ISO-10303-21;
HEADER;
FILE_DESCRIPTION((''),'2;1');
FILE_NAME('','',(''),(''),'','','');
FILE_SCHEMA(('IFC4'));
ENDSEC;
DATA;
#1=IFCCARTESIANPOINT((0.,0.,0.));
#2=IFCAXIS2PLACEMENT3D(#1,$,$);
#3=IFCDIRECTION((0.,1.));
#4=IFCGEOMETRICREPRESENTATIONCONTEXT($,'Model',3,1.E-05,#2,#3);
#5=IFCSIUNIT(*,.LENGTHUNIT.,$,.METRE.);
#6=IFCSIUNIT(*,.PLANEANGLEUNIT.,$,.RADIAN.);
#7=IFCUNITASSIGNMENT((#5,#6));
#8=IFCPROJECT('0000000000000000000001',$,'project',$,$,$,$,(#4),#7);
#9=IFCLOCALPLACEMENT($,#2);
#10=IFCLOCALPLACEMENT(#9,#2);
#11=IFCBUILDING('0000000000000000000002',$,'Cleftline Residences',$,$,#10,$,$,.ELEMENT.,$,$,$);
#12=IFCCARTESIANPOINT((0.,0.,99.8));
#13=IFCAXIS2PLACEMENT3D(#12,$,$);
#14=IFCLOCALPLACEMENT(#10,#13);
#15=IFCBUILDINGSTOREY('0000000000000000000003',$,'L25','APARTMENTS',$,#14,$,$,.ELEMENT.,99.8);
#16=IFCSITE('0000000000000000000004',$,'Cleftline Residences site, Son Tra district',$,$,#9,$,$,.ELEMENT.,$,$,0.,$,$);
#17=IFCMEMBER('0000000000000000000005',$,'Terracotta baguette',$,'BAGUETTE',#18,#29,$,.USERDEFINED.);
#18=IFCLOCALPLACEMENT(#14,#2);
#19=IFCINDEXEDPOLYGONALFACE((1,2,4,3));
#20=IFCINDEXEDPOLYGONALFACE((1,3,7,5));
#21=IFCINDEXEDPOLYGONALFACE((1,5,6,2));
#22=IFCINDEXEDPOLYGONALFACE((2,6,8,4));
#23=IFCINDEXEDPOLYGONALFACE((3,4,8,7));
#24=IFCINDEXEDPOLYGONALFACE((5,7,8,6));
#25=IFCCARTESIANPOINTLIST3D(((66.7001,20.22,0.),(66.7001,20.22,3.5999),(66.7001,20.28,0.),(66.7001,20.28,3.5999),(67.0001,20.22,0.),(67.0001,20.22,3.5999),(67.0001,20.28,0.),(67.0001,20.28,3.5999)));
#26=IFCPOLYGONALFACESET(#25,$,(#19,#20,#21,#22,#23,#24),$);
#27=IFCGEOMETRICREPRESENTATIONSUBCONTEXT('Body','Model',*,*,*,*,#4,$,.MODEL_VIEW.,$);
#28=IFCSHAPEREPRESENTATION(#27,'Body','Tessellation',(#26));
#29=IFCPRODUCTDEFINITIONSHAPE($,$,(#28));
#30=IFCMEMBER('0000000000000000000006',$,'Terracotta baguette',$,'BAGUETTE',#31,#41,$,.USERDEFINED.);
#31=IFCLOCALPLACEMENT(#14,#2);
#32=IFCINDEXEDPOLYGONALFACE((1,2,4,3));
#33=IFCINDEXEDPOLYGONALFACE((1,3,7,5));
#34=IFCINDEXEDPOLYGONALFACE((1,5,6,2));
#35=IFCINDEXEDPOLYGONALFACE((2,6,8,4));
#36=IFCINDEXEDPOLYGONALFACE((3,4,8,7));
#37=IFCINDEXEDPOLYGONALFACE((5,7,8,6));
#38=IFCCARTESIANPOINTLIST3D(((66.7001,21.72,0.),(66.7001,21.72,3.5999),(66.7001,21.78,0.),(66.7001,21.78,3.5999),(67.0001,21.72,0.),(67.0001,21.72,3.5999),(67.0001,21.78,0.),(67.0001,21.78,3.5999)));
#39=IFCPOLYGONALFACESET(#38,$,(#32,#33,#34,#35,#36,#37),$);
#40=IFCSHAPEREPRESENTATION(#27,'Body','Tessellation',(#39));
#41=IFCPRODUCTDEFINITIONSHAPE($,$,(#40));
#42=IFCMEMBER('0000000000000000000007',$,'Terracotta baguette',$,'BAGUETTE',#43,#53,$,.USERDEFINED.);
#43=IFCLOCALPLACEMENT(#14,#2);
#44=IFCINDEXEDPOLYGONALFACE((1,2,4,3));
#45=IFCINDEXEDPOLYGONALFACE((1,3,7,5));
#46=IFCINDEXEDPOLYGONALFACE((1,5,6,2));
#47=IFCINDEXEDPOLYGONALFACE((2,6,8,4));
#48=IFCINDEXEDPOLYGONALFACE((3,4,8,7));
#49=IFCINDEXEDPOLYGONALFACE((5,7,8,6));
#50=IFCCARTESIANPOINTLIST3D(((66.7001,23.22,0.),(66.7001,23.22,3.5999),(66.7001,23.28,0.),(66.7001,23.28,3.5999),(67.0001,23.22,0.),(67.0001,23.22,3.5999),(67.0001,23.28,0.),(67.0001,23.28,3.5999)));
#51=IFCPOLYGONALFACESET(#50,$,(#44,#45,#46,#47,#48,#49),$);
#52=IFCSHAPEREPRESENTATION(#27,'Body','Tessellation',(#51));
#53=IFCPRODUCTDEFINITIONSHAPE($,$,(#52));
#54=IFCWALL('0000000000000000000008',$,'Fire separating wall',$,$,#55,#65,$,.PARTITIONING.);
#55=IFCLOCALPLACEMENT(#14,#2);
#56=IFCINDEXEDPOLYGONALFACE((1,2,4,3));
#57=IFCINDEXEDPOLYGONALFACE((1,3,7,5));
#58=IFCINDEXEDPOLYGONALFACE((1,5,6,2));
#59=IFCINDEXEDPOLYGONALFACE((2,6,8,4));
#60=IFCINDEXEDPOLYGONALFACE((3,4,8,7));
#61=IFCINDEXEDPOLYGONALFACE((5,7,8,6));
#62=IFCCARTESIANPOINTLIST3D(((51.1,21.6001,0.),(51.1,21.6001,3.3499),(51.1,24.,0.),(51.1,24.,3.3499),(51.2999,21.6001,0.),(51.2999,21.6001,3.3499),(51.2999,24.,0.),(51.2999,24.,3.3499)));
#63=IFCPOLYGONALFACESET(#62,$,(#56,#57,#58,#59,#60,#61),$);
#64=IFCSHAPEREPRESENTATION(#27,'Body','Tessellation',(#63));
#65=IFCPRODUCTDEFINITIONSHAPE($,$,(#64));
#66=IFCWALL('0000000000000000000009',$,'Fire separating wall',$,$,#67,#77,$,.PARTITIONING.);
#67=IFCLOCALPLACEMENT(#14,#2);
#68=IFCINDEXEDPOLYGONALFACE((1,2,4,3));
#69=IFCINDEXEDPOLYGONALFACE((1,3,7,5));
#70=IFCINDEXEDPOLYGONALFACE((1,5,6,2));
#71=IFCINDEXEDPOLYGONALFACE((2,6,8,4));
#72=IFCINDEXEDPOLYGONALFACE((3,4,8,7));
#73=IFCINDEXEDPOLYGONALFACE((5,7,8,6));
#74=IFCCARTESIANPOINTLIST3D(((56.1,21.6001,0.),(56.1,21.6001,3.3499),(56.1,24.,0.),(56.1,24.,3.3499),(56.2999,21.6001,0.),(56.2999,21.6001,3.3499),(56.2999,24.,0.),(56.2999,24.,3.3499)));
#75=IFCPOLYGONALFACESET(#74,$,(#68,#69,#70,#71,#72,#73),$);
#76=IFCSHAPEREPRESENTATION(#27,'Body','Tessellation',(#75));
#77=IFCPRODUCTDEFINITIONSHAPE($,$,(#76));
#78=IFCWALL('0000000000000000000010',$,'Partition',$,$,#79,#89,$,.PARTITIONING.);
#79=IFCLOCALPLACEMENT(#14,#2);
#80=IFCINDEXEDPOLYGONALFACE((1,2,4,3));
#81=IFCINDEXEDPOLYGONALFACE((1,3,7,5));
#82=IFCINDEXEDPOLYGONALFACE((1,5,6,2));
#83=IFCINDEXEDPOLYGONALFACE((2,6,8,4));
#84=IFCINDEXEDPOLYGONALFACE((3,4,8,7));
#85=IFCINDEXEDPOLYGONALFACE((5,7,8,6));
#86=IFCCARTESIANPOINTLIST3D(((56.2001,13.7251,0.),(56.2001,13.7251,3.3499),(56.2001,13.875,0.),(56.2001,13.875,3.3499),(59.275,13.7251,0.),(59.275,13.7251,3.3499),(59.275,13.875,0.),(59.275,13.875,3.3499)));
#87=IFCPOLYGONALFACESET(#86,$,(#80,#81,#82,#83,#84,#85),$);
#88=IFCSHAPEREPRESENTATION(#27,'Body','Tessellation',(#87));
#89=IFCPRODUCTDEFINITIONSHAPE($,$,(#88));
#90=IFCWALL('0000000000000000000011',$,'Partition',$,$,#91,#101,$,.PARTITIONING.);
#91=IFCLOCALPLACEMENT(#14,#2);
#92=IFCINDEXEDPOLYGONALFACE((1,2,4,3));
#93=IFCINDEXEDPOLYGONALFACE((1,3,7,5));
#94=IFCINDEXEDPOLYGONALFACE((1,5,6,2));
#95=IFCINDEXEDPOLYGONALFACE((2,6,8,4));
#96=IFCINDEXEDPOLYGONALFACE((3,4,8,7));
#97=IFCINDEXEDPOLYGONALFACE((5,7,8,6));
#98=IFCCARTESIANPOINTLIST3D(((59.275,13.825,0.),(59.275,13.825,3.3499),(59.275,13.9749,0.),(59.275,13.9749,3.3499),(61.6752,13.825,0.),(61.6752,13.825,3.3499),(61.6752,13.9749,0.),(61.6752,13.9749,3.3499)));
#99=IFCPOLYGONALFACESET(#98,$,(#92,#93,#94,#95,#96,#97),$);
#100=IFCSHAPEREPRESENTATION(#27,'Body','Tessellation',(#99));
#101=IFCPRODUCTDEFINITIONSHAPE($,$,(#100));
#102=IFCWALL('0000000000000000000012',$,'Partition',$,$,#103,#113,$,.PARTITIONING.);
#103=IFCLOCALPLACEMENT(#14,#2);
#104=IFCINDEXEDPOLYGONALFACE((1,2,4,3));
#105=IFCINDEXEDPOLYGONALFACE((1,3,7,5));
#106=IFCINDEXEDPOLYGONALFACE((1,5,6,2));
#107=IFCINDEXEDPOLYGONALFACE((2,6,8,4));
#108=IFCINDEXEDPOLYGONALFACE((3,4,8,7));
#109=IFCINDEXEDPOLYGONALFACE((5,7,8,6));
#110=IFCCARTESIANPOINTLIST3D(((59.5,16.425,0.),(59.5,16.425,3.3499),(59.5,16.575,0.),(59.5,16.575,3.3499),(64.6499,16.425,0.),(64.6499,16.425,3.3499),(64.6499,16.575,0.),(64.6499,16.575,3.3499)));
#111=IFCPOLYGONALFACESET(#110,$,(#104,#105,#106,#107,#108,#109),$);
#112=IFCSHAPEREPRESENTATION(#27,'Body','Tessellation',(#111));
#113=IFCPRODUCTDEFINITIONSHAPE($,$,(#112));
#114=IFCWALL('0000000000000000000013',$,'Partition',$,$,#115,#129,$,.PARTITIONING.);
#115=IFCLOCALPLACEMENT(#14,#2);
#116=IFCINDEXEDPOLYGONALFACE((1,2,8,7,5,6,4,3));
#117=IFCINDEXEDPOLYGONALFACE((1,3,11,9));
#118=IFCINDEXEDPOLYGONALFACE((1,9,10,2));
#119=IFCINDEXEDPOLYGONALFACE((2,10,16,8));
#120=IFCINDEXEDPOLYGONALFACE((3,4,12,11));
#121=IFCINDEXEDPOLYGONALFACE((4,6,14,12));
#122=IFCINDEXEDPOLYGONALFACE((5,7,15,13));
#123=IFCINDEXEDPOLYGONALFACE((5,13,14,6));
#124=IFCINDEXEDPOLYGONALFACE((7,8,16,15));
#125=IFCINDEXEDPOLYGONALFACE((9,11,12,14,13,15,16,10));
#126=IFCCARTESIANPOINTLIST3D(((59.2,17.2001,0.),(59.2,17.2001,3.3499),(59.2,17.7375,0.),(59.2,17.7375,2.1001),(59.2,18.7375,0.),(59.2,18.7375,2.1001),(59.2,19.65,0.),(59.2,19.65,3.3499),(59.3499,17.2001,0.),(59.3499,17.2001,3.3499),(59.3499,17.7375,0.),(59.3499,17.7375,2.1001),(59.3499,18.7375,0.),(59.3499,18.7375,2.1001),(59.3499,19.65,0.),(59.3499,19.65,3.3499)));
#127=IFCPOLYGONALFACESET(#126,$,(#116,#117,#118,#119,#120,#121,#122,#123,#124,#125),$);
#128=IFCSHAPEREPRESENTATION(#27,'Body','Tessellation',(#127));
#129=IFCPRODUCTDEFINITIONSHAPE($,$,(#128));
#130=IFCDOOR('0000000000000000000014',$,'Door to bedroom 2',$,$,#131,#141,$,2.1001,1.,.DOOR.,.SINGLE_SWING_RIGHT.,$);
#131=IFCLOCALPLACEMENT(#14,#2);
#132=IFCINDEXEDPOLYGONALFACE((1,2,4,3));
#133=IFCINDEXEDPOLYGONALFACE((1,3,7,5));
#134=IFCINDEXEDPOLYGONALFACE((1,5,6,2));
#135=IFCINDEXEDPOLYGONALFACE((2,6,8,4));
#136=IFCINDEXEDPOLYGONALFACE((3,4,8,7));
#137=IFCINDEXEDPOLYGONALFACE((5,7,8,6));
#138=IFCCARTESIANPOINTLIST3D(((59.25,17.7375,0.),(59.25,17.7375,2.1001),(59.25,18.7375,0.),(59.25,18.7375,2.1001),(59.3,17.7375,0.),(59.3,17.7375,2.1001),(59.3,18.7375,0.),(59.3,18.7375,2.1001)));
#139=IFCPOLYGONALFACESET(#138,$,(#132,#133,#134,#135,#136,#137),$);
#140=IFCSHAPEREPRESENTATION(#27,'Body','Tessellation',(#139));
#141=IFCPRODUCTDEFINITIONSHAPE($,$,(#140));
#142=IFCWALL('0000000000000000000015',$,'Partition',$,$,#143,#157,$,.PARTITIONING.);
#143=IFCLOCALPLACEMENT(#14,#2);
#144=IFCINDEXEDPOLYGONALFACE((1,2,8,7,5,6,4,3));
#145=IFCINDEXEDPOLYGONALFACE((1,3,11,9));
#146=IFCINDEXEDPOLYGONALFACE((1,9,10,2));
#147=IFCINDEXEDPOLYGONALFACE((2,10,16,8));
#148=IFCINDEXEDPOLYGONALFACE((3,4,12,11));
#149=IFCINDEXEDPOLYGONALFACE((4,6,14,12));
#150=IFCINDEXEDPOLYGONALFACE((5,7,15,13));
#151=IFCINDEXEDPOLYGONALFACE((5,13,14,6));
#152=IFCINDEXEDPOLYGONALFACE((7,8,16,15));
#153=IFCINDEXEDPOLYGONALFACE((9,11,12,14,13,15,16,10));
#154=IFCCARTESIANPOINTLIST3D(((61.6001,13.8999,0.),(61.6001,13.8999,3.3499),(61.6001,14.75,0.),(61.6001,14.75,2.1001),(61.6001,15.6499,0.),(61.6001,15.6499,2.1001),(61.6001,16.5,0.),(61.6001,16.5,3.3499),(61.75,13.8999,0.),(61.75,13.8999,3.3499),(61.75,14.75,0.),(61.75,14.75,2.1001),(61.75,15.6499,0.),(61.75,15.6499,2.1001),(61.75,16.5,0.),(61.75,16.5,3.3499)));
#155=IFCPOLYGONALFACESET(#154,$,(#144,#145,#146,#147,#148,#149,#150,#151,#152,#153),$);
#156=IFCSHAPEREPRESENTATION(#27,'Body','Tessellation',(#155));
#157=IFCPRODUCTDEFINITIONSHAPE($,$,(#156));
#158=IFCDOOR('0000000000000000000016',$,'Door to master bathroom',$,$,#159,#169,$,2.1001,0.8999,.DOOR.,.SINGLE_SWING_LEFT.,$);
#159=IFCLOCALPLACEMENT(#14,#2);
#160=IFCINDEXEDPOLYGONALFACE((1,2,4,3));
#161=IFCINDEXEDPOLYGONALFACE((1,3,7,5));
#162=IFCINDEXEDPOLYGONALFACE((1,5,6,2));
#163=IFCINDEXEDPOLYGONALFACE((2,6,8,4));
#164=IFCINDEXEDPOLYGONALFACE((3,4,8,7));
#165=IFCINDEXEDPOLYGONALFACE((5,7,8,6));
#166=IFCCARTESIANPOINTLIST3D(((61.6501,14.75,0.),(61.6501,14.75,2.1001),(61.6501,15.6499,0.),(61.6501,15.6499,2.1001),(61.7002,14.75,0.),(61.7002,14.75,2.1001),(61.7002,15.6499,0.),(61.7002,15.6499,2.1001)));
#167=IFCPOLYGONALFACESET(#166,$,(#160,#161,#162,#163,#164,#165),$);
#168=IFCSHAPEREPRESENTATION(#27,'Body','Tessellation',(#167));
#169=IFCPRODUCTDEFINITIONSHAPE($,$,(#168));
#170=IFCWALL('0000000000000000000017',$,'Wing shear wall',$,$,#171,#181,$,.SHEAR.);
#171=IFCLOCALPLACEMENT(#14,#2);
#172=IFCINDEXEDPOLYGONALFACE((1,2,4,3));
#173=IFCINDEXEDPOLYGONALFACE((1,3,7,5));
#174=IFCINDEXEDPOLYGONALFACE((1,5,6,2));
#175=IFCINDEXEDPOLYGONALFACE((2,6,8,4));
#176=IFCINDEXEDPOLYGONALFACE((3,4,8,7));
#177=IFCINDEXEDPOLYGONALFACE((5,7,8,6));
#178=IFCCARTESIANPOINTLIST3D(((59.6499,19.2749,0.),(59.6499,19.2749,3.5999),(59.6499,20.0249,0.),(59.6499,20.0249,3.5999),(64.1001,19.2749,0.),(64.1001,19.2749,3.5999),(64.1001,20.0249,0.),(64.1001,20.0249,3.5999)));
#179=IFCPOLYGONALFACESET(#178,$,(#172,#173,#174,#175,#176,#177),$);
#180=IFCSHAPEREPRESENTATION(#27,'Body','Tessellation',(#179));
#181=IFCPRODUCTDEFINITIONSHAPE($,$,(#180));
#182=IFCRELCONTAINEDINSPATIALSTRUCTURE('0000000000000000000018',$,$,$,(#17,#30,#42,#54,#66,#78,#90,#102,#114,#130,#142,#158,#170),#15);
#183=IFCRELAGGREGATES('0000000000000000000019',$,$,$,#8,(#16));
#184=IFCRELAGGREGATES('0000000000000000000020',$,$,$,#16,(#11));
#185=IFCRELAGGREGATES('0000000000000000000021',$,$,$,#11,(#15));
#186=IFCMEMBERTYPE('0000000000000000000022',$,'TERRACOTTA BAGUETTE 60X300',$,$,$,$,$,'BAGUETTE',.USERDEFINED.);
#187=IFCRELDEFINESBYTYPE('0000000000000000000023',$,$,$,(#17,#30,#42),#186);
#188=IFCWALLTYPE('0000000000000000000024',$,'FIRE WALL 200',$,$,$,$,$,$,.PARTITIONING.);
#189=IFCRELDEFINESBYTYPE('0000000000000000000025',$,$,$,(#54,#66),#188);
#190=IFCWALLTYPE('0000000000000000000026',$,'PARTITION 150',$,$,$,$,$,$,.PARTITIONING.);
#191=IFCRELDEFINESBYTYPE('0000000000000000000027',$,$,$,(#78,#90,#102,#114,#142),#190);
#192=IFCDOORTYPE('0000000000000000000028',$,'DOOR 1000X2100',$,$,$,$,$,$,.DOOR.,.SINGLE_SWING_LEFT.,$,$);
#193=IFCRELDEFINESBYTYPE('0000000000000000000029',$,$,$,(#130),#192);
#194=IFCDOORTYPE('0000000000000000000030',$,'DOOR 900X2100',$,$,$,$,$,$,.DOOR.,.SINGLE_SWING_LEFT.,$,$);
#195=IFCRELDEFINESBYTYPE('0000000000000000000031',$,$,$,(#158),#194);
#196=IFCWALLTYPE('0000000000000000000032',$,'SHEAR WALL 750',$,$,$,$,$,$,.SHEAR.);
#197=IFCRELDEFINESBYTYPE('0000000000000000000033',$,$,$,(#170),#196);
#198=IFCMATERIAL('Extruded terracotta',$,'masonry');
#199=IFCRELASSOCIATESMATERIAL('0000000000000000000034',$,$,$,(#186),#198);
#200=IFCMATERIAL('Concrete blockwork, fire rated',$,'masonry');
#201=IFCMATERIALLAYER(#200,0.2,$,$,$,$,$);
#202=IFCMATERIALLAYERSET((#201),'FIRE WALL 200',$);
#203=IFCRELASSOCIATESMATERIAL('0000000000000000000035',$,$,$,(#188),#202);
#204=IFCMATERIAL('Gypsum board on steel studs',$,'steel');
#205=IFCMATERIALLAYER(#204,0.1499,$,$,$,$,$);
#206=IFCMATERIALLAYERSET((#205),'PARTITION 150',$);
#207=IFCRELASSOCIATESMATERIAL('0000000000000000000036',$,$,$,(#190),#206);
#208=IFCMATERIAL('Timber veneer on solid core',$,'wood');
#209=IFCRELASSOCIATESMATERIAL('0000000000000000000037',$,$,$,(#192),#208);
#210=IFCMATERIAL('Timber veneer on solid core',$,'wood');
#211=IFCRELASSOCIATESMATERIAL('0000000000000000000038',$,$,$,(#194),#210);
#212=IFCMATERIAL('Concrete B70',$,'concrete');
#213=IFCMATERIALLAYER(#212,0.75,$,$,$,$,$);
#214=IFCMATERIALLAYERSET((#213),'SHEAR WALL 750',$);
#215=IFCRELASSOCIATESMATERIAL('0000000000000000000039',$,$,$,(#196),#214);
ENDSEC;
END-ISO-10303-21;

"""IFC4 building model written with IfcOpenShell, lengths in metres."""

from ifc_helpers import new_model, si_unit, direction, frame, frame_2d, origin, origin_2d, place, context, subcontext, project, spatial, rectangle, extrude, material, layer, layer_set, material_profile, profile_set, type_object, element, fill, save


model = new_model("IFC4")

# Units and contexts
model_context = context("Model", 3, precision=1e-05, world=origin(), true_north=direction((0.0, 1.0)))
body_context = subcontext(model_context, "Body", "Model", "MODEL_VIEW")
ifc_project = project(units=[si_unit("LENGTHUNIT", "METRE"), si_unit("PLANEANGLEUNIT", "RADIAN")], contexts=[model_context])

# Site, building, storey
site_placement = place(None, origin())
site = spatial("IfcSite", under=ifc_project, at=site_placement, Name="Cleftline Residences site, Son Tra district", CompositionType="ELEMENT", RefElevation=0.0)
building_placement = place(site_placement, origin())
building = spatial("IfcBuilding", under=site, at=building_placement, Name="Cleftline Residences", CompositionType="ELEMENT")
storey_placement = place(building_placement, frame((0.0, 0.0, 99.8)))
storey = spatial("IfcBuildingStorey", under=building, at=storey_placement, Name="L25", Description="APARTMENTS", CompositionType="ELEMENT", Elevation=99.8)

# Members
ifc_material_1 = material(Name="Extruded terracotta", Category="masonry")
ifc_material_profile_1 = material_profile(ifc_material_1, rectangle(XDim=0.0601, YDim=0.3, at=origin_2d()))
ifc_profile_set_1 = profile_set([ifc_material_profile_1], Name="Extruded terracotta")
member_type_1 = type_object("IfcMemberType", Name="TERRACOTTA BAGUETTE 60X300", ElementType="BAGUETTE", PredefinedType="USERDEFINED", material=ifc_profile_set_1)
for number, where, z_axis, x_axis, name in (
    (1, (66.8501, 20.25, 0.0), (0.0, 0.0, 1.0), (0.0, 1.0, 0.0), "Terracotta baguette"),
    (2, (66.8501, 21.75, 0.0), (0.0, 0.0, 1.0), (0.0, 1.0, 0.0), "Terracotta baguette"),
    (3, (66.8501, 23.25, 0.0), (0.0, 0.0, 1.0), (0.0, 1.0, 0.0), "Terracotta baguette"),
):
    element("IfcMember", number, at=place(storey_placement, frame(where, z_axis=z_axis, x_axis=x_axis)), inside=storey, type_object=member_type_1, Name=name, ObjectType="BAGUETTE", PredefinedType="USERDEFINED", context=body_context, shape_type="SweptSolid", body=[
        extrude(rectangle(XDim=0.0601, YDim=0.3, at=origin_2d()), origin(), (0.0, 0.0, 1.0), 3.5999),
    ])

# Walls
ifc_material_2 = material(Name="Concrete blockwork, fire rated", Category="masonry")
ifc_layer_1 = layer(ifc_material_2, 0.2)
ifc_layer_set_1 = layer_set([ifc_layer_1], Name="FIRE WALL 200")
wall_type_1 = type_object("IfcWallType", Name="FIRE WALL 200", PredefinedType="PARTITIONING", material=ifc_layer_set_1)
for number, where, z_axis, x_axis, name in (
    (4, (51.2, 21.6001, 0.0), (0.0, 0.0, 1.0), (0.0, 1.0, 0.0), "Fire separating wall"),
    (5, (56.2, 21.6001, 0.0), (0.0, 0.0, 1.0), (0.0, 1.0, 0.0), "Fire separating wall"),
):
    element("IfcWall", number, at=place(storey_placement, frame(where, z_axis=z_axis, x_axis=x_axis)), inside=storey, type_object=wall_type_1, Name=name, PredefinedType="PARTITIONING", context=body_context, shape_type="SweptSolid", body=[
        extrude(rectangle(XDim=2.3999, YDim=0.2, at=frame_2d((1.2, 0.0))), origin(), (0.0, 0.0, 1.0), 3.3499),
    ])
ifc_material_3 = material(Name="Gypsum board on steel studs", Category="steel")
ifc_layer_2 = layer(ifc_material_3, 0.1499)
ifc_layer_set_2 = layer_set([ifc_layer_2], Name="PARTITION 150")
wall_type_2 = type_object("IfcWallType", Name="PARTITION 150", PredefinedType="PARTITIONING", material=ifc_layer_set_2)
wall_1_placement = place(storey_placement, frame((56.2, 13.8, 0.0), z_axis=(0.0, 0.0, 1.0), x_axis=(1.0, 0.0, 0.0)))
element("IfcWall", 6, at=wall_1_placement, inside=storey, type_object=wall_type_2, Name="Partition", PredefinedType="PARTITIONING", context=body_context, shape_type="SweptSolid", body=[
    extrude(rectangle(XDim=3.075, YDim=0.1499, at=frame_2d((1.5376, 0.0))), origin(), (0.0, 0.0, 1.0), 3.3499),
])
wall_2_placement = place(storey_placement, frame((59.2749, 13.8999, 0.0), z_axis=(0.0, 0.0, 1.0), x_axis=(1.0, 0.0, 0.0)))
element("IfcWall", 7, at=wall_2_placement, inside=storey, type_object=wall_type_2, Name="Partition", PredefinedType="PARTITIONING", context=body_context, shape_type="SweptSolid", body=[
    extrude(rectangle(XDim=2.4001, YDim=0.1499, at=frame_2d((1.2002, 0.0))), origin(), (0.0, 0.0, 1.0), 3.3499),
])
wall_3_placement = place(storey_placement, frame((59.5, 16.5, 0.0), z_axis=(0.0, 0.0, 1.0), x_axis=(1.0, 0.0, 0.0)))
element("IfcWall", 8, at=wall_3_placement, inside=storey, type_object=wall_type_2, Name="Partition", PredefinedType="PARTITIONING", context=body_context, shape_type="SweptSolid", body=[
    extrude(rectangle(XDim=5.1499, YDim=0.1499, at=frame_2d((2.575, 0.0))), origin(), (0.0, 0.0, 1.0), 3.3499),
])

# Walls, openings, doors
wall_4_placement = place(storey_placement, frame((59.2749, 17.2, 0.0), z_axis=(0.0, 0.0, 1.0), x_axis=(0.0, 1.0, 0.0)))
wall_4 = element("IfcWall", 9, at=wall_4_placement, inside=storey, type_object=wall_type_2, Name="Partition", PredefinedType="PARTITIONING", context=body_context, shape_type="SweptSolid", body=[
    extrude(rectangle(XDim=2.45, YDim=0.1499, at=frame_2d((1.2251, 0.0))), origin(), (0.0, 0.0, 1.0), 3.3499),
])
opening_1_placement = place(wall_4_placement, frame((0.5376, 0.0, 0.0)))
opening_1 = element("IfcOpeningElement", 10, at=opening_1_placement, cuts=wall_4, PredefinedType="OPENING", context=body_context, shape_type="SweptSolid", body=[
    extrude(rectangle(XDim=1.0, YDim=2.1001, at=frame_2d((0.5, 1.05))), frame((0.0, 0.085, 0.0), z_axis=(0.0, -1.0, 0.0), x_axis=(1.0, 0.0, 0.0)), (0.0, 0.0, 1.0), 0.1699),
])
ifc_material_4 = material(Name="Timber veneer on solid core", Category="wood")
door_type_1 = type_object("IfcDoorType", Name="DOOR 1000X2100", OperationType="SINGLE_SWING_LEFT", PredefinedType="DOOR", material=ifc_material_4)
door_1_placement = place(opening_1_placement, origin())
door_1 = element("IfcDoor", 11, at=door_1_placement, inside=storey, type_object=door_type_1, Name="Door to bedroom 2", OperationType="SINGLE_SWING_RIGHT", OverallHeight=2.1001, OverallWidth=1.0, PredefinedType="DOOR", context=body_context, shape_type="SweptSolid", body=[
    extrude(rectangle(XDim=1.0, YDim=2.1001, at=frame_2d((0.5, 1.05))), frame((0.0, 0.0249, 0.0), z_axis=(0.0, -1.0, 0.0), x_axis=(1.0, 0.0, 0.0)), (0.0, 0.0, 1.0), 0.05),
])
fill(opening_1, door_1)
wall_5_placement = place(storey_placement, frame((61.675, 13.8999, 0.0), z_axis=(0.0, 0.0, 1.0), x_axis=(0.0, 1.0, 0.0)))
wall_5 = element("IfcWall", 12, at=wall_5_placement, inside=storey, type_object=wall_type_2, Name="Partition", PredefinedType="PARTITIONING", context=body_context, shape_type="SweptSolid", body=[
    extrude(rectangle(XDim=2.6001, YDim=0.1499, at=frame_2d((1.3, 0.0))), origin(), (0.0, 0.0, 1.0), 3.3499),
])
opening_2_placement = place(wall_5_placement, frame((0.8501, 0.0, 0.0)))
opening_2 = element("IfcOpeningElement", 13, at=opening_2_placement, cuts=wall_5, PredefinedType="OPENING", context=body_context, shape_type="SweptSolid", body=[
    extrude(rectangle(XDim=0.8999, YDim=2.1001, at=frame_2d((0.45, 1.05))), frame((0.0, 0.085, 0.0), z_axis=(0.0, -1.0, 0.0), x_axis=(1.0, 0.0, 0.0)), (0.0, 0.0, 1.0), 0.1699),
])
ifc_material_5 = material(Name="Timber veneer on solid core", Category="wood")
door_type_2 = type_object("IfcDoorType", Name="DOOR 900X2100", OperationType="SINGLE_SWING_LEFT", PredefinedType="DOOR", material=ifc_material_5)
door_2_placement = place(opening_2_placement, origin())
door_2 = element("IfcDoor", 14, at=door_2_placement, inside=storey, type_object=door_type_2, Name="Door to master bathroom", OperationType="SINGLE_SWING_LEFT", OverallHeight=2.1001, OverallWidth=0.8999, PredefinedType="DOOR", context=body_context, shape_type="SweptSolid", body=[
    extrude(rectangle(XDim=0.8999, YDim=2.1001, at=frame_2d((0.45, 1.05))), frame((0.0, 0.0249, 0.0), z_axis=(0.0, -1.0, 0.0), x_axis=(1.0, 0.0, 0.0)), (0.0, 0.0, 1.0), 0.05),
])
fill(opening_2, door_2)

# Wall
ifc_material_6 = material(Name="Concrete B70", Category="concrete")
ifc_layer_3 = layer(ifc_material_6, 0.75)
ifc_layer_set_3 = layer_set([ifc_layer_3], Name="SHEAR WALL 750")
wall_type_3 = type_object("IfcWallType", Name="SHEAR WALL 750", PredefinedType="SHEAR", material=ifc_layer_set_3)
wall_6_placement = place(storey_placement, frame((59.6499, 19.6499, 0.0), z_axis=(0.0, 0.0, 1.0), x_axis=(1.0, 0.0, 0.0)))
element("IfcWall", 15, at=wall_6_placement, inside=storey, type_object=wall_type_3, Name="Wing shear wall", PredefinedType="SHEAR", context=body_context, shape_type="SweptSolid", body=[
    extrude(rectangle(XDim=4.4502, YDim=0.75, at=frame_2d((2.2251, 0.0))), origin(), (0.0, 0.0, 1.0), 3.5999),
])

save(model, "model.ifc")
